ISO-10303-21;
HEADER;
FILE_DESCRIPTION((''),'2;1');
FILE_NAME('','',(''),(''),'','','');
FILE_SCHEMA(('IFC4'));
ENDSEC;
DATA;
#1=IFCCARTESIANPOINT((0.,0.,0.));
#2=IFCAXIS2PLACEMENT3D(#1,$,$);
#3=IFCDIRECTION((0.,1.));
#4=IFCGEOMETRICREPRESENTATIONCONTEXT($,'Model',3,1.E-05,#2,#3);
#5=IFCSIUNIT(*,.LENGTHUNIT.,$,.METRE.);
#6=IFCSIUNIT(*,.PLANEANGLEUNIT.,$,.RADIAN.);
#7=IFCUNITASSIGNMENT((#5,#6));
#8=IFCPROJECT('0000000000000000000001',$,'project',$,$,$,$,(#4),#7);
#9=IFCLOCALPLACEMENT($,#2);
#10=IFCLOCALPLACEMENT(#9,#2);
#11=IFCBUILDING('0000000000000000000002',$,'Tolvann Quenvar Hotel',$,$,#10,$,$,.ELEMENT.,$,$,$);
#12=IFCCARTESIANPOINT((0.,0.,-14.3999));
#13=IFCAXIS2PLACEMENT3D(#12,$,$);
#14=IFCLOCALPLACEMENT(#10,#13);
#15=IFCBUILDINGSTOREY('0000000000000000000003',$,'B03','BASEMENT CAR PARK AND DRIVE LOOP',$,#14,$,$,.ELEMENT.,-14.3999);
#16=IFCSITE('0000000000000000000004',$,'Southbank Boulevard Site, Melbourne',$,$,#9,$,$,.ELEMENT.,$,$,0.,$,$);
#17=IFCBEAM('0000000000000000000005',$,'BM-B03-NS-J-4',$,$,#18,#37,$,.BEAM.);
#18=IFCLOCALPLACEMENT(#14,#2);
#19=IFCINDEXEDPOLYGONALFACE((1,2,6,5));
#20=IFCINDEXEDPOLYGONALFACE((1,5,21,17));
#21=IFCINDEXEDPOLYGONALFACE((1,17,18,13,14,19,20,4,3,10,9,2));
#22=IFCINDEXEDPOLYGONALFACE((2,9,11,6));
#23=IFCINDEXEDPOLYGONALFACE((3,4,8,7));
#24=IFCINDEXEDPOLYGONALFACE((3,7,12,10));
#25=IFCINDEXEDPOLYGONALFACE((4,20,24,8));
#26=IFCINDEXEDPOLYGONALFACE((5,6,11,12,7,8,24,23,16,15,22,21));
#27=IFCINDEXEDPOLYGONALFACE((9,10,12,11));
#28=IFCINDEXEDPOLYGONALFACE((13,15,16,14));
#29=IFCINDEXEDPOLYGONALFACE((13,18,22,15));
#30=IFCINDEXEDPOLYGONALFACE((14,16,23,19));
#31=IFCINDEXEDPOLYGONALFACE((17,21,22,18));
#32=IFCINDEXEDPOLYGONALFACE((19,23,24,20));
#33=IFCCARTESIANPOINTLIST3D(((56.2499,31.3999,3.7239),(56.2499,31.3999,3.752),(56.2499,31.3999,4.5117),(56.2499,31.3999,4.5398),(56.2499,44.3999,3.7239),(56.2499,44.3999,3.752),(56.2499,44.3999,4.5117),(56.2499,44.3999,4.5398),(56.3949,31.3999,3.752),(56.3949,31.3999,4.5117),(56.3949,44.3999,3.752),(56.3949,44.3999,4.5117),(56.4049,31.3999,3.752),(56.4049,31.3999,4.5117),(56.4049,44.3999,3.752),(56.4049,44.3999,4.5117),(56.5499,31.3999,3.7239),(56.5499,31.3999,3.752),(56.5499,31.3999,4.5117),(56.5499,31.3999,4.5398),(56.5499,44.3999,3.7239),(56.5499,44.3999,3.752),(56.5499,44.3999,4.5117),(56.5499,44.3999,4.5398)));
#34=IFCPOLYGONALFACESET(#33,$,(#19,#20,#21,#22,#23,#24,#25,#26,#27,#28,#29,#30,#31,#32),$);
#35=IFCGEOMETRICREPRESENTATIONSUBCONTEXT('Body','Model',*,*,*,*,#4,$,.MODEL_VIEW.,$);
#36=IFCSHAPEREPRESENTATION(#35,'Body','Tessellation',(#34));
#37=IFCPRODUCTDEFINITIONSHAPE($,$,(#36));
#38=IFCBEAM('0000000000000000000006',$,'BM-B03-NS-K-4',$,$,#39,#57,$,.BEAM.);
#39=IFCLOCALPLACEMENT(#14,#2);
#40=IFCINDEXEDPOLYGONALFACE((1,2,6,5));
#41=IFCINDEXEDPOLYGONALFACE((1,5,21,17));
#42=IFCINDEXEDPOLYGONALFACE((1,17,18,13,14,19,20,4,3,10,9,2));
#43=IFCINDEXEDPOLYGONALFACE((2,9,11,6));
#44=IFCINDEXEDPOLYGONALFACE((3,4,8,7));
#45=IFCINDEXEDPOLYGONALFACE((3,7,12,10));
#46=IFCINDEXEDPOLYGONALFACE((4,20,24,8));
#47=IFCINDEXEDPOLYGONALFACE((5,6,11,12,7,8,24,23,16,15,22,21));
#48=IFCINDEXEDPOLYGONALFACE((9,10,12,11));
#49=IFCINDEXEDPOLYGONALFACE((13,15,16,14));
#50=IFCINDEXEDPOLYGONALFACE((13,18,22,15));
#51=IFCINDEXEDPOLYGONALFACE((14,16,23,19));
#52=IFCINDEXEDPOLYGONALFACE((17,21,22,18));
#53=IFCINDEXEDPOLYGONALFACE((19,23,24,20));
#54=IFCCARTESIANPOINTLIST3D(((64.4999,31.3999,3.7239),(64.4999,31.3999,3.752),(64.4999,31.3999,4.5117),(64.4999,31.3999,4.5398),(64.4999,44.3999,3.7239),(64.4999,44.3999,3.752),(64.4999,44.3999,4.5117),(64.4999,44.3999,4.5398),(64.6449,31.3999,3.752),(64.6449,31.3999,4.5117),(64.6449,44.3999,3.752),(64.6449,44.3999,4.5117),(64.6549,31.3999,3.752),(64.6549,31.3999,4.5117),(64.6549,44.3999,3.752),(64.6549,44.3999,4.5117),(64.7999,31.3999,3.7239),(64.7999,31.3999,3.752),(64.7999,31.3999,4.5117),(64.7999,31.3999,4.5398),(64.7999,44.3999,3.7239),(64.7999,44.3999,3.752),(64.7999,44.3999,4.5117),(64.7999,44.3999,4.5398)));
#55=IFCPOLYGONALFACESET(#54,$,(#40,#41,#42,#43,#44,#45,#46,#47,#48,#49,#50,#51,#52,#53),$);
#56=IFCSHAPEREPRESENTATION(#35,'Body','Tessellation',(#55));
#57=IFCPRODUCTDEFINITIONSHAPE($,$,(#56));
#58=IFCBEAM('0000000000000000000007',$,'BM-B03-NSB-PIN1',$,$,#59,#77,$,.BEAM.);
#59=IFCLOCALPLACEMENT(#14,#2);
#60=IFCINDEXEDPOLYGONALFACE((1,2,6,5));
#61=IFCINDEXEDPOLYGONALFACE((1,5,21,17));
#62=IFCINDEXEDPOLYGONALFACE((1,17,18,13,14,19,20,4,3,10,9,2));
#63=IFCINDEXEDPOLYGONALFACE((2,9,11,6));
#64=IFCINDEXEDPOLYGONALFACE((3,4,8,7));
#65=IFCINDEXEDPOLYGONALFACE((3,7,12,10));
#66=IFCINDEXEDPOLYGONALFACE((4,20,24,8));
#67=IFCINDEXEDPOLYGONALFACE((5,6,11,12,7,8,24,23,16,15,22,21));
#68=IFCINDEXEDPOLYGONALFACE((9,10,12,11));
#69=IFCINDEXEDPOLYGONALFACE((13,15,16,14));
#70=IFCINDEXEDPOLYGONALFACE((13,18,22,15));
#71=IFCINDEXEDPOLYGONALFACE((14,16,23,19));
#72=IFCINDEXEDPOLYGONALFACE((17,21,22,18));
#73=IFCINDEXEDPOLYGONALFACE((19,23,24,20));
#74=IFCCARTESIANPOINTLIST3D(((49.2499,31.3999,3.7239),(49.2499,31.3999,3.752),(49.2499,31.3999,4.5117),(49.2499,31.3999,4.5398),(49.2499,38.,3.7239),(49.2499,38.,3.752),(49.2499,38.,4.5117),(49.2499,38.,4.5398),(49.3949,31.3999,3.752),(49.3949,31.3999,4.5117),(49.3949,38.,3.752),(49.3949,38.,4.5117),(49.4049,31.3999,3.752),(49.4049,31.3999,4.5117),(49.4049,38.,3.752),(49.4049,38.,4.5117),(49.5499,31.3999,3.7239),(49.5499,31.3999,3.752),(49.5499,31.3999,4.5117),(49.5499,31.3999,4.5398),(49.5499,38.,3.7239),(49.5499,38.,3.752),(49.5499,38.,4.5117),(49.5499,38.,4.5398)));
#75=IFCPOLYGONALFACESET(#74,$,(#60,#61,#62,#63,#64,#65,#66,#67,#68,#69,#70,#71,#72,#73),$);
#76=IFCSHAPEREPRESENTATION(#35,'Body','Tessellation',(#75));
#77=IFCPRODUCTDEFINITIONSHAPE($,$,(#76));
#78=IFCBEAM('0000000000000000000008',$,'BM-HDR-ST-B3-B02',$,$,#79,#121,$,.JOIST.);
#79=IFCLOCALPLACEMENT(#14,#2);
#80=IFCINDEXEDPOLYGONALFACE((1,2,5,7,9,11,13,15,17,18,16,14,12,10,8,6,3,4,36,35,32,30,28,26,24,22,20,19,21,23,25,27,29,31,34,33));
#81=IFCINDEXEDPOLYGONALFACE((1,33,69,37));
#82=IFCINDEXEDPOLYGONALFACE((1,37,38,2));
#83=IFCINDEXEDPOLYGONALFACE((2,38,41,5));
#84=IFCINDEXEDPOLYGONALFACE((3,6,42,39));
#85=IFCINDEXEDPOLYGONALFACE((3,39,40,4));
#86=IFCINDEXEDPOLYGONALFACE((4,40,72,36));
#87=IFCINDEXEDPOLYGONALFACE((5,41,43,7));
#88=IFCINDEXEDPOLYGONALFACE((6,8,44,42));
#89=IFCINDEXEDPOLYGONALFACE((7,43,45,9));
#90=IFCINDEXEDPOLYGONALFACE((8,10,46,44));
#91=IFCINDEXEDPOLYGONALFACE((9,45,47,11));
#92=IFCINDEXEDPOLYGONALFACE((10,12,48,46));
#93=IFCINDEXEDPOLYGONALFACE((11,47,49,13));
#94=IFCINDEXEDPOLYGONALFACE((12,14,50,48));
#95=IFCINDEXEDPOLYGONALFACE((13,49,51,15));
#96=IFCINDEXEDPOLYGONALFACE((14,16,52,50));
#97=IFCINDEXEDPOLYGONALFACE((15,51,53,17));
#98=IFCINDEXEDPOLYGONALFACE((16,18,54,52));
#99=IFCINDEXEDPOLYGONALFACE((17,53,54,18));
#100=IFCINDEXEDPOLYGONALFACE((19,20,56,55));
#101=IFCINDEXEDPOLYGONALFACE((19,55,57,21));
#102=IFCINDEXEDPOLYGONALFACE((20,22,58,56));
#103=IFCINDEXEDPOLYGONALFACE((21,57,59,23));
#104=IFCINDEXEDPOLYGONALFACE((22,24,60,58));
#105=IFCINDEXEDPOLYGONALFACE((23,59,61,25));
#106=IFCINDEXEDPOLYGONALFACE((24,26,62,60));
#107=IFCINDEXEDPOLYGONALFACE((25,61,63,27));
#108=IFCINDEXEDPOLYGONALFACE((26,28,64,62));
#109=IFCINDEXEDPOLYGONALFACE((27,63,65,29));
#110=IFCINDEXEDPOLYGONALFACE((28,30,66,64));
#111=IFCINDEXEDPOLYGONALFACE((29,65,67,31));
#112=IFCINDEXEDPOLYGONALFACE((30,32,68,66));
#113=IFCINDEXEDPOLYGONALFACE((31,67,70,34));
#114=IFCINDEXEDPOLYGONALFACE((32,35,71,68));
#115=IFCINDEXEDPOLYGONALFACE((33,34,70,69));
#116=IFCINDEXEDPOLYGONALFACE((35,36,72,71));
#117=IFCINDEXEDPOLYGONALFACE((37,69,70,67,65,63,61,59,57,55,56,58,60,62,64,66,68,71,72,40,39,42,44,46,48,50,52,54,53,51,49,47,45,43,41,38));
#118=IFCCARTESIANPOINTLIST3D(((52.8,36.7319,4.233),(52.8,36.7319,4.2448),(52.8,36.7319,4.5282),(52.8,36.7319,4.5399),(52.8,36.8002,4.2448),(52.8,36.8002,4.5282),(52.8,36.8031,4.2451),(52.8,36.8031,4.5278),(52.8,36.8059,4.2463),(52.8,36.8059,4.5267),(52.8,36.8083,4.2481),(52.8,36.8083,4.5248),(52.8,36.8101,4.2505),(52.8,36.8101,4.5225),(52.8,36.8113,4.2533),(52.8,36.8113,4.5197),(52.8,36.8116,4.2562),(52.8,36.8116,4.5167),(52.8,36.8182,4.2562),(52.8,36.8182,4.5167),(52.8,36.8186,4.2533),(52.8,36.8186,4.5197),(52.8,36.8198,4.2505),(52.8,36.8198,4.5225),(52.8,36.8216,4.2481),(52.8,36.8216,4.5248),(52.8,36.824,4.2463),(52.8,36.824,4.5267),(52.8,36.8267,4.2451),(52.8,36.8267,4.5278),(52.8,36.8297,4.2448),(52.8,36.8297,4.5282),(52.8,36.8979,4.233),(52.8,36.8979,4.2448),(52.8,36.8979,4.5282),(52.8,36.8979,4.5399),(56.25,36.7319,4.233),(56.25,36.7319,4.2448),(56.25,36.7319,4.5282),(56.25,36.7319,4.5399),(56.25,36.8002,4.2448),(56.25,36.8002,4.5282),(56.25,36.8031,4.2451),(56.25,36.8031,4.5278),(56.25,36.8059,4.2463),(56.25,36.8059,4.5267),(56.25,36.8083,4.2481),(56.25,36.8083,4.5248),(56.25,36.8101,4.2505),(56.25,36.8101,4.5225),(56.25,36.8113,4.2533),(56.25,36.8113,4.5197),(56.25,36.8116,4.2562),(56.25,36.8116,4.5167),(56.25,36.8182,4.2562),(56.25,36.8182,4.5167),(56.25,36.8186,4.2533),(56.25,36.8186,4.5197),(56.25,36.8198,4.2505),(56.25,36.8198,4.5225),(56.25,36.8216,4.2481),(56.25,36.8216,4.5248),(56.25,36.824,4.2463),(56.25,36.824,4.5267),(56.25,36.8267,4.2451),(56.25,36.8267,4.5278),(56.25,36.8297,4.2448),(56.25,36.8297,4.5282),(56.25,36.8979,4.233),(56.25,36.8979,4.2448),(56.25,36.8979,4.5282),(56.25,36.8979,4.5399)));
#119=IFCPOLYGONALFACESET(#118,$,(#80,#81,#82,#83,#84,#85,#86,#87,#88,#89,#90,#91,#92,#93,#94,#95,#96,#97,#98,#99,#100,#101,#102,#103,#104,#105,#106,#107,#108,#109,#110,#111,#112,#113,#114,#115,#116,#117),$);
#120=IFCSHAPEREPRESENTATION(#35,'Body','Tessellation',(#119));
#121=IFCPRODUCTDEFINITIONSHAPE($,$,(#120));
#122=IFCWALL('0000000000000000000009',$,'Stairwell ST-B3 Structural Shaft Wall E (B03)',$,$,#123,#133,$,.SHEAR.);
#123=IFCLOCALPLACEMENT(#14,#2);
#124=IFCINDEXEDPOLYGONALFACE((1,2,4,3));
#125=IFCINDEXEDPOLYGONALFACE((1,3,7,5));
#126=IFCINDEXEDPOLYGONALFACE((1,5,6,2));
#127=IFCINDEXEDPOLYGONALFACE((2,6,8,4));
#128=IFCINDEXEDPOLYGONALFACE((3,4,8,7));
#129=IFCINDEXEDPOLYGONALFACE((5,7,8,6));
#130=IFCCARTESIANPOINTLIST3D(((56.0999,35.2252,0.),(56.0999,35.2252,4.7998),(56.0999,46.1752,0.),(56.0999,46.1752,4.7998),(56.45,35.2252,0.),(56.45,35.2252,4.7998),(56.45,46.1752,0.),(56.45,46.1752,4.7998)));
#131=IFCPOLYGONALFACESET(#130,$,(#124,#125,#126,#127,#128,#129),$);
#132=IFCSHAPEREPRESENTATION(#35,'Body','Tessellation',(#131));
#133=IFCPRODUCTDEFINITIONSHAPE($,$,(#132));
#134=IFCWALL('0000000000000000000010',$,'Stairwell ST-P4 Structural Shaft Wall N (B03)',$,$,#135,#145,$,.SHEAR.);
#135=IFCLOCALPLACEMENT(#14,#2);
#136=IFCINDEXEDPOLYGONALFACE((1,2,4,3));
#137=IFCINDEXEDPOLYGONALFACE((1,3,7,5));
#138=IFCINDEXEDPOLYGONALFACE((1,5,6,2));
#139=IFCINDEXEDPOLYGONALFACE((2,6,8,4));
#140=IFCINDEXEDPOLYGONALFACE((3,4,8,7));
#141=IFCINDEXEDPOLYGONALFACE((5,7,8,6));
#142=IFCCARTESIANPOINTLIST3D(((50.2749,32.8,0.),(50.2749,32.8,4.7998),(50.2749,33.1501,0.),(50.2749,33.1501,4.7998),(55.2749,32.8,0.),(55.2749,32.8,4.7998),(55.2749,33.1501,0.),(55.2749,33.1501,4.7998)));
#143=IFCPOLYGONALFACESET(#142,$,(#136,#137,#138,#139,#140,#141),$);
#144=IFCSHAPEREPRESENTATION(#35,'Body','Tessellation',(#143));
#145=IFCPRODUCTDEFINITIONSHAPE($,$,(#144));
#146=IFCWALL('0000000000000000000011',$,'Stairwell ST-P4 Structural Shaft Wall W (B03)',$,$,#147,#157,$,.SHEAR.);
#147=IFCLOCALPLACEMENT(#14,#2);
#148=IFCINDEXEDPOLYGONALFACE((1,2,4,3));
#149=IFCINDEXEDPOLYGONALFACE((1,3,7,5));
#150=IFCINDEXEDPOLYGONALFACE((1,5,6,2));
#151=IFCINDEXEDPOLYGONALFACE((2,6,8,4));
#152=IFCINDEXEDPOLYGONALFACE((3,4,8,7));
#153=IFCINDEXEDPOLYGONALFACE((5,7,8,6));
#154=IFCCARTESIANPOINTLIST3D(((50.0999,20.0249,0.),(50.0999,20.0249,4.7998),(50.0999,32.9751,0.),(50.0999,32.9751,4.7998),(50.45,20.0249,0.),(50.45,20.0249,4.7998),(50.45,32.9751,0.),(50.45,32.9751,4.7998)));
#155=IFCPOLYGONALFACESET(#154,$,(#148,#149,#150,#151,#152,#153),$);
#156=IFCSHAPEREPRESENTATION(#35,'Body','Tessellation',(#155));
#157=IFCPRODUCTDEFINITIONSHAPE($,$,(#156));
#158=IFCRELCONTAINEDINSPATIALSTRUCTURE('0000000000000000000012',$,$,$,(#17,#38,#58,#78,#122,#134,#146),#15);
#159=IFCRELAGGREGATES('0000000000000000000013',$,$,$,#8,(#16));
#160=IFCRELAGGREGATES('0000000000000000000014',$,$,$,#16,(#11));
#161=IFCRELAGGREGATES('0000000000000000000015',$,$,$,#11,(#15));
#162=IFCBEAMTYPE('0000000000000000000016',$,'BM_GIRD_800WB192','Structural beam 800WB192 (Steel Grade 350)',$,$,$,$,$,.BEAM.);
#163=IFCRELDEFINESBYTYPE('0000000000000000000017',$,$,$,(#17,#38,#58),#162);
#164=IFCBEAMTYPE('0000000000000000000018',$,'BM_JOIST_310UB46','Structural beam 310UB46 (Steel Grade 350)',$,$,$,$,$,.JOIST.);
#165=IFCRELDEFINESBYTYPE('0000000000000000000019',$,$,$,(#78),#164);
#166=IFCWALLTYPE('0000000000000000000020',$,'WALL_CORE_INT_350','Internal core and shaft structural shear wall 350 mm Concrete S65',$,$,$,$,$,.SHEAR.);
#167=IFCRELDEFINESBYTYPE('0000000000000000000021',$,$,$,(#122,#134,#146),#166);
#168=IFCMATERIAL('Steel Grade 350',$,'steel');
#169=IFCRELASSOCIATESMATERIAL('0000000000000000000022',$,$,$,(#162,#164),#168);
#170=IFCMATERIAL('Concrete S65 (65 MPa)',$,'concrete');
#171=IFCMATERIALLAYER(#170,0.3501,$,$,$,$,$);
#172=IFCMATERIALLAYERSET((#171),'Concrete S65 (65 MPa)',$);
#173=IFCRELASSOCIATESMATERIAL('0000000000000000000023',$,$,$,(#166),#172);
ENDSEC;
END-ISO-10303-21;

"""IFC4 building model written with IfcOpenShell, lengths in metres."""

from ifc_helpers import new_model, si_unit, direction, frame, frame_2d, origin, origin_2d, place, context, subcontext, project, spatial, rectangle, i_section, extrude, source, transform, mapped, material, layer, layer_set, material_profile, profile_set, type_object, type_shapes, element, save


model = new_model("IFC4")

# Units and contexts
model_context = context("Model", 3, precision=1e-05, world=origin(), true_north=direction((0.0, 1.0)))
body_context = subcontext(model_context, "Body", "Model", "MODEL_VIEW")
ifc_project = project(units=[si_unit("LENGTHUNIT", "METRE"), si_unit("PLANEANGLEUNIT", "RADIAN")], contexts=[model_context])

# Site, building, storey
site_placement = place(None, origin())
site = spatial("IfcSite", under=ifc_project, at=site_placement, Name="Southbank Boulevard Site, Melbourne", CompositionType="ELEMENT", RefElevation=0.0)
building_placement = place(site_placement, origin())
building = spatial("IfcBuilding", under=site, at=building_placement, Name="Tolvann Quenvar Hotel", CompositionType="ELEMENT")
storey_placement = place(building_placement, frame((0.0, 0.0, -14.3999)))
storey = spatial("IfcBuildingStorey", under=building, at=storey_placement, Name="B03", Description="BASEMENT CAR PARK AND DRIVE LOOP", CompositionType="ELEMENT", Elevation=-14.3999)

# Shared definitions
ifc_material_1 = material(Name="Concrete S65 (65 MPa)", Category="concrete")

# Beams
ifc_material_2 = material(Name="Steel Grade 350", Category="steel")
ifc_material_profile_1 = material_profile(ifc_material_2, i_section(OverallWidth=0.3, OverallDepth=0.8159, WebThickness=0.01, FlangeThickness=0.0281, at=origin_2d()), Name="800WB192")
ifc_profile_set_1 = profile_set([ifc_material_profile_1], Name="Steel Grade 350")
beam_type_1 = type_object("IfcBeamType", Name="BM_GIRD_800WB192", Description="Structural beam 800WB192 (Steel Grade 350)", PredefinedType="BEAM", material=ifc_profile_set_1)
shared_shape_1 = source(origin(), body_context, "Body", "SweptSolid", [
    extrude(i_section(OverallWidth=0.3, OverallDepth=0.8159, WebThickness=0.01, FlangeThickness=0.0281, at=origin_2d()), origin(), (0.0, 0.0, 1.0), 13.0),
])
for number, where, z_axis, x_axis, name in (
    (1, (56.3999, 31.3999, 4.1318), (0.0, 1.0, 0.0), (-1.0, 0.0, 0.0), "BM-B03-NS-J-4"),
    (2, (64.6499, 31.3999, 4.1318), (0.0, 1.0, 0.0), (-1.0, 0.0, 0.0), "BM-B03-NS-K-4"),
):
    element("IfcBeam", number, at=place(storey_placement, frame(where, z_axis=z_axis, x_axis=x_axis)), inside=storey, type_object=beam_type_1, Name=name, PredefinedType="BEAM", context=body_context, shape_type="MappedRepresentation", body=[
        mapped(shared_shape_1, transform((0.0, 0.0, 0.0), x_axis=(1.0, 0.0, 0.0), y_axis=(0.0, 1.0, 0.0), z_axis=(0.0, 0.0, 1.0), scale=1.0)),
    ])
shared_shape_2 = source(origin(), body_context, "Body", "SweptSolid", [
    extrude(i_section(OverallWidth=0.3, OverallDepth=0.8159, WebThickness=0.01, FlangeThickness=0.0281, at=origin_2d()), origin(), (0.0, 0.0, 1.0), 6.6001),
])
type_shapes(beam_type_1, [shared_shape_1, shared_shape_2])
beam_1_placement = place(storey_placement, frame((49.3999, 31.3999, 4.1318), z_axis=(0.0, 1.0, 0.0), x_axis=(-1.0, 0.0, 0.0)))
element("IfcBeam", 3, at=beam_1_placement, inside=storey, type_object=beam_type_1, Name="BM-B03-NSB-PIN1", PredefinedType="BEAM", context=body_context, shape_type="MappedRepresentation", body=[
    mapped(shared_shape_2, transform((0.0, 0.0, 0.0), x_axis=(1.0, 0.0, 0.0), y_axis=(0.0, 1.0, 0.0), z_axis=(0.0, 0.0, 1.0), scale=1.0)),
])
ifc_material_profile_2 = material_profile(ifc_material_2, i_section(OverallWidth=0.166, OverallDepth=0.3069, WebThickness=0.0066, FlangeThickness=0.0117, FilletRadius=0.0115, at=origin_2d()), Name="310UB46")
ifc_profile_set_2 = profile_set([ifc_material_profile_2], Name="Steel Grade 350")
beam_type_2 = type_object("IfcBeamType", Name="BM_JOIST_310UB46", Description="Structural beam 310UB46 (Steel Grade 350)", PredefinedType="JOIST", material=ifc_profile_set_2)
shared_shape_3 = source(origin(), body_context, "Body", "SweptSolid", [
    extrude(i_section(OverallWidth=0.166, OverallDepth=0.3069, WebThickness=0.0066, FlangeThickness=0.0117, FilletRadius=0.0115, at=origin_2d()), origin(), (0.0, 0.0, 1.0), 3.45),
])
type_shapes(beam_type_2, [shared_shape_3])
beam_2_placement = place(storey_placement, frame((52.8, 36.8149, 4.3865), z_axis=(1.0, 0.0, 0.0), x_axis=(0.0, 1.0, 0.0)))
element("IfcBeam", 4, at=beam_2_placement, inside=storey, type_object=beam_type_2, Name="BM-HDR-ST-B3-B02", PredefinedType="JOIST", context=body_context, shape_type="MappedRepresentation", body=[
    mapped(shared_shape_3, transform((0.0, 0.0, 0.0), x_axis=(1.0, 0.0, 0.0), y_axis=(0.0, 1.0, 0.0), z_axis=(0.0, 0.0, 1.0), scale=1.0)),
])

# Shared definitions
ifc_layer = layer(ifc_material_1, 0.3501)
ifc_layer_set = layer_set([ifc_layer], Name="Concrete S65 (65 MPa)")
wall_type = type_object("IfcWallType", Name="WALL_CORE_INT_350", Description="Internal core and shaft structural shear wall 350 mm Concrete S65", PredefinedType="SHEAR", material=ifc_layer_set)

# Walls
wall_1_placement = place(storey_placement, frame((56.2749, 35.2251, 0.0), z_axis=(0.0, 0.0, 1.0), x_axis=(0.0, 1.0, 0.0)))
element("IfcWall", 5, at=wall_1_placement, inside=storey, type_object=wall_type, Name="Stairwell ST-B3 Structural Shaft Wall E (B03)", PredefinedType="SHEAR", context=body_context, shape_type="SweptSolid", body=[
    extrude(rectangle(XDim=10.95, YDim=0.3501, at=frame_2d((5.4751, 0.0))), origin(), (0.0, 0.0, 1.0), 4.7998),
])
wall_2_placement = place(storey_placement, frame((55.2749, 32.9751, 0.0), z_axis=(0.0, 0.0, 1.0), x_axis=(-1.0, 0.0, 0.0)))
element("IfcWall", 6, at=wall_2_placement, inside=storey, type_object=wall_type, Name="Stairwell ST-P4 Structural Shaft Wall N (B03)", PredefinedType="SHEAR", context=body_context, shape_type="SweptSolid", body=[
    extrude(rectangle(XDim=5.0, YDim=0.3501, at=frame_2d((2.5, 0.0))), origin(), (0.0, 0.0, 1.0), 4.7998),
])
wall_3_placement = place(storey_placement, frame((50.2749, 32.9751, 0.0), z_axis=(0.0, 0.0, 1.0), x_axis=(0.0, -1.0, 0.0)))
element("IfcWall", 7, at=wall_3_placement, inside=storey, type_object=wall_type, Name="Stairwell ST-P4 Structural Shaft Wall W (B03)", PredefinedType="SHEAR", context=body_context, shape_type="SweptSolid", body=[
    extrude(rectangle(XDim=12.9502, YDim=0.3501, at=frame_2d((6.4751, 0.0))), origin(), (0.0, 0.0, 1.0), 4.7998),
])

save(model, "model.ifc")
